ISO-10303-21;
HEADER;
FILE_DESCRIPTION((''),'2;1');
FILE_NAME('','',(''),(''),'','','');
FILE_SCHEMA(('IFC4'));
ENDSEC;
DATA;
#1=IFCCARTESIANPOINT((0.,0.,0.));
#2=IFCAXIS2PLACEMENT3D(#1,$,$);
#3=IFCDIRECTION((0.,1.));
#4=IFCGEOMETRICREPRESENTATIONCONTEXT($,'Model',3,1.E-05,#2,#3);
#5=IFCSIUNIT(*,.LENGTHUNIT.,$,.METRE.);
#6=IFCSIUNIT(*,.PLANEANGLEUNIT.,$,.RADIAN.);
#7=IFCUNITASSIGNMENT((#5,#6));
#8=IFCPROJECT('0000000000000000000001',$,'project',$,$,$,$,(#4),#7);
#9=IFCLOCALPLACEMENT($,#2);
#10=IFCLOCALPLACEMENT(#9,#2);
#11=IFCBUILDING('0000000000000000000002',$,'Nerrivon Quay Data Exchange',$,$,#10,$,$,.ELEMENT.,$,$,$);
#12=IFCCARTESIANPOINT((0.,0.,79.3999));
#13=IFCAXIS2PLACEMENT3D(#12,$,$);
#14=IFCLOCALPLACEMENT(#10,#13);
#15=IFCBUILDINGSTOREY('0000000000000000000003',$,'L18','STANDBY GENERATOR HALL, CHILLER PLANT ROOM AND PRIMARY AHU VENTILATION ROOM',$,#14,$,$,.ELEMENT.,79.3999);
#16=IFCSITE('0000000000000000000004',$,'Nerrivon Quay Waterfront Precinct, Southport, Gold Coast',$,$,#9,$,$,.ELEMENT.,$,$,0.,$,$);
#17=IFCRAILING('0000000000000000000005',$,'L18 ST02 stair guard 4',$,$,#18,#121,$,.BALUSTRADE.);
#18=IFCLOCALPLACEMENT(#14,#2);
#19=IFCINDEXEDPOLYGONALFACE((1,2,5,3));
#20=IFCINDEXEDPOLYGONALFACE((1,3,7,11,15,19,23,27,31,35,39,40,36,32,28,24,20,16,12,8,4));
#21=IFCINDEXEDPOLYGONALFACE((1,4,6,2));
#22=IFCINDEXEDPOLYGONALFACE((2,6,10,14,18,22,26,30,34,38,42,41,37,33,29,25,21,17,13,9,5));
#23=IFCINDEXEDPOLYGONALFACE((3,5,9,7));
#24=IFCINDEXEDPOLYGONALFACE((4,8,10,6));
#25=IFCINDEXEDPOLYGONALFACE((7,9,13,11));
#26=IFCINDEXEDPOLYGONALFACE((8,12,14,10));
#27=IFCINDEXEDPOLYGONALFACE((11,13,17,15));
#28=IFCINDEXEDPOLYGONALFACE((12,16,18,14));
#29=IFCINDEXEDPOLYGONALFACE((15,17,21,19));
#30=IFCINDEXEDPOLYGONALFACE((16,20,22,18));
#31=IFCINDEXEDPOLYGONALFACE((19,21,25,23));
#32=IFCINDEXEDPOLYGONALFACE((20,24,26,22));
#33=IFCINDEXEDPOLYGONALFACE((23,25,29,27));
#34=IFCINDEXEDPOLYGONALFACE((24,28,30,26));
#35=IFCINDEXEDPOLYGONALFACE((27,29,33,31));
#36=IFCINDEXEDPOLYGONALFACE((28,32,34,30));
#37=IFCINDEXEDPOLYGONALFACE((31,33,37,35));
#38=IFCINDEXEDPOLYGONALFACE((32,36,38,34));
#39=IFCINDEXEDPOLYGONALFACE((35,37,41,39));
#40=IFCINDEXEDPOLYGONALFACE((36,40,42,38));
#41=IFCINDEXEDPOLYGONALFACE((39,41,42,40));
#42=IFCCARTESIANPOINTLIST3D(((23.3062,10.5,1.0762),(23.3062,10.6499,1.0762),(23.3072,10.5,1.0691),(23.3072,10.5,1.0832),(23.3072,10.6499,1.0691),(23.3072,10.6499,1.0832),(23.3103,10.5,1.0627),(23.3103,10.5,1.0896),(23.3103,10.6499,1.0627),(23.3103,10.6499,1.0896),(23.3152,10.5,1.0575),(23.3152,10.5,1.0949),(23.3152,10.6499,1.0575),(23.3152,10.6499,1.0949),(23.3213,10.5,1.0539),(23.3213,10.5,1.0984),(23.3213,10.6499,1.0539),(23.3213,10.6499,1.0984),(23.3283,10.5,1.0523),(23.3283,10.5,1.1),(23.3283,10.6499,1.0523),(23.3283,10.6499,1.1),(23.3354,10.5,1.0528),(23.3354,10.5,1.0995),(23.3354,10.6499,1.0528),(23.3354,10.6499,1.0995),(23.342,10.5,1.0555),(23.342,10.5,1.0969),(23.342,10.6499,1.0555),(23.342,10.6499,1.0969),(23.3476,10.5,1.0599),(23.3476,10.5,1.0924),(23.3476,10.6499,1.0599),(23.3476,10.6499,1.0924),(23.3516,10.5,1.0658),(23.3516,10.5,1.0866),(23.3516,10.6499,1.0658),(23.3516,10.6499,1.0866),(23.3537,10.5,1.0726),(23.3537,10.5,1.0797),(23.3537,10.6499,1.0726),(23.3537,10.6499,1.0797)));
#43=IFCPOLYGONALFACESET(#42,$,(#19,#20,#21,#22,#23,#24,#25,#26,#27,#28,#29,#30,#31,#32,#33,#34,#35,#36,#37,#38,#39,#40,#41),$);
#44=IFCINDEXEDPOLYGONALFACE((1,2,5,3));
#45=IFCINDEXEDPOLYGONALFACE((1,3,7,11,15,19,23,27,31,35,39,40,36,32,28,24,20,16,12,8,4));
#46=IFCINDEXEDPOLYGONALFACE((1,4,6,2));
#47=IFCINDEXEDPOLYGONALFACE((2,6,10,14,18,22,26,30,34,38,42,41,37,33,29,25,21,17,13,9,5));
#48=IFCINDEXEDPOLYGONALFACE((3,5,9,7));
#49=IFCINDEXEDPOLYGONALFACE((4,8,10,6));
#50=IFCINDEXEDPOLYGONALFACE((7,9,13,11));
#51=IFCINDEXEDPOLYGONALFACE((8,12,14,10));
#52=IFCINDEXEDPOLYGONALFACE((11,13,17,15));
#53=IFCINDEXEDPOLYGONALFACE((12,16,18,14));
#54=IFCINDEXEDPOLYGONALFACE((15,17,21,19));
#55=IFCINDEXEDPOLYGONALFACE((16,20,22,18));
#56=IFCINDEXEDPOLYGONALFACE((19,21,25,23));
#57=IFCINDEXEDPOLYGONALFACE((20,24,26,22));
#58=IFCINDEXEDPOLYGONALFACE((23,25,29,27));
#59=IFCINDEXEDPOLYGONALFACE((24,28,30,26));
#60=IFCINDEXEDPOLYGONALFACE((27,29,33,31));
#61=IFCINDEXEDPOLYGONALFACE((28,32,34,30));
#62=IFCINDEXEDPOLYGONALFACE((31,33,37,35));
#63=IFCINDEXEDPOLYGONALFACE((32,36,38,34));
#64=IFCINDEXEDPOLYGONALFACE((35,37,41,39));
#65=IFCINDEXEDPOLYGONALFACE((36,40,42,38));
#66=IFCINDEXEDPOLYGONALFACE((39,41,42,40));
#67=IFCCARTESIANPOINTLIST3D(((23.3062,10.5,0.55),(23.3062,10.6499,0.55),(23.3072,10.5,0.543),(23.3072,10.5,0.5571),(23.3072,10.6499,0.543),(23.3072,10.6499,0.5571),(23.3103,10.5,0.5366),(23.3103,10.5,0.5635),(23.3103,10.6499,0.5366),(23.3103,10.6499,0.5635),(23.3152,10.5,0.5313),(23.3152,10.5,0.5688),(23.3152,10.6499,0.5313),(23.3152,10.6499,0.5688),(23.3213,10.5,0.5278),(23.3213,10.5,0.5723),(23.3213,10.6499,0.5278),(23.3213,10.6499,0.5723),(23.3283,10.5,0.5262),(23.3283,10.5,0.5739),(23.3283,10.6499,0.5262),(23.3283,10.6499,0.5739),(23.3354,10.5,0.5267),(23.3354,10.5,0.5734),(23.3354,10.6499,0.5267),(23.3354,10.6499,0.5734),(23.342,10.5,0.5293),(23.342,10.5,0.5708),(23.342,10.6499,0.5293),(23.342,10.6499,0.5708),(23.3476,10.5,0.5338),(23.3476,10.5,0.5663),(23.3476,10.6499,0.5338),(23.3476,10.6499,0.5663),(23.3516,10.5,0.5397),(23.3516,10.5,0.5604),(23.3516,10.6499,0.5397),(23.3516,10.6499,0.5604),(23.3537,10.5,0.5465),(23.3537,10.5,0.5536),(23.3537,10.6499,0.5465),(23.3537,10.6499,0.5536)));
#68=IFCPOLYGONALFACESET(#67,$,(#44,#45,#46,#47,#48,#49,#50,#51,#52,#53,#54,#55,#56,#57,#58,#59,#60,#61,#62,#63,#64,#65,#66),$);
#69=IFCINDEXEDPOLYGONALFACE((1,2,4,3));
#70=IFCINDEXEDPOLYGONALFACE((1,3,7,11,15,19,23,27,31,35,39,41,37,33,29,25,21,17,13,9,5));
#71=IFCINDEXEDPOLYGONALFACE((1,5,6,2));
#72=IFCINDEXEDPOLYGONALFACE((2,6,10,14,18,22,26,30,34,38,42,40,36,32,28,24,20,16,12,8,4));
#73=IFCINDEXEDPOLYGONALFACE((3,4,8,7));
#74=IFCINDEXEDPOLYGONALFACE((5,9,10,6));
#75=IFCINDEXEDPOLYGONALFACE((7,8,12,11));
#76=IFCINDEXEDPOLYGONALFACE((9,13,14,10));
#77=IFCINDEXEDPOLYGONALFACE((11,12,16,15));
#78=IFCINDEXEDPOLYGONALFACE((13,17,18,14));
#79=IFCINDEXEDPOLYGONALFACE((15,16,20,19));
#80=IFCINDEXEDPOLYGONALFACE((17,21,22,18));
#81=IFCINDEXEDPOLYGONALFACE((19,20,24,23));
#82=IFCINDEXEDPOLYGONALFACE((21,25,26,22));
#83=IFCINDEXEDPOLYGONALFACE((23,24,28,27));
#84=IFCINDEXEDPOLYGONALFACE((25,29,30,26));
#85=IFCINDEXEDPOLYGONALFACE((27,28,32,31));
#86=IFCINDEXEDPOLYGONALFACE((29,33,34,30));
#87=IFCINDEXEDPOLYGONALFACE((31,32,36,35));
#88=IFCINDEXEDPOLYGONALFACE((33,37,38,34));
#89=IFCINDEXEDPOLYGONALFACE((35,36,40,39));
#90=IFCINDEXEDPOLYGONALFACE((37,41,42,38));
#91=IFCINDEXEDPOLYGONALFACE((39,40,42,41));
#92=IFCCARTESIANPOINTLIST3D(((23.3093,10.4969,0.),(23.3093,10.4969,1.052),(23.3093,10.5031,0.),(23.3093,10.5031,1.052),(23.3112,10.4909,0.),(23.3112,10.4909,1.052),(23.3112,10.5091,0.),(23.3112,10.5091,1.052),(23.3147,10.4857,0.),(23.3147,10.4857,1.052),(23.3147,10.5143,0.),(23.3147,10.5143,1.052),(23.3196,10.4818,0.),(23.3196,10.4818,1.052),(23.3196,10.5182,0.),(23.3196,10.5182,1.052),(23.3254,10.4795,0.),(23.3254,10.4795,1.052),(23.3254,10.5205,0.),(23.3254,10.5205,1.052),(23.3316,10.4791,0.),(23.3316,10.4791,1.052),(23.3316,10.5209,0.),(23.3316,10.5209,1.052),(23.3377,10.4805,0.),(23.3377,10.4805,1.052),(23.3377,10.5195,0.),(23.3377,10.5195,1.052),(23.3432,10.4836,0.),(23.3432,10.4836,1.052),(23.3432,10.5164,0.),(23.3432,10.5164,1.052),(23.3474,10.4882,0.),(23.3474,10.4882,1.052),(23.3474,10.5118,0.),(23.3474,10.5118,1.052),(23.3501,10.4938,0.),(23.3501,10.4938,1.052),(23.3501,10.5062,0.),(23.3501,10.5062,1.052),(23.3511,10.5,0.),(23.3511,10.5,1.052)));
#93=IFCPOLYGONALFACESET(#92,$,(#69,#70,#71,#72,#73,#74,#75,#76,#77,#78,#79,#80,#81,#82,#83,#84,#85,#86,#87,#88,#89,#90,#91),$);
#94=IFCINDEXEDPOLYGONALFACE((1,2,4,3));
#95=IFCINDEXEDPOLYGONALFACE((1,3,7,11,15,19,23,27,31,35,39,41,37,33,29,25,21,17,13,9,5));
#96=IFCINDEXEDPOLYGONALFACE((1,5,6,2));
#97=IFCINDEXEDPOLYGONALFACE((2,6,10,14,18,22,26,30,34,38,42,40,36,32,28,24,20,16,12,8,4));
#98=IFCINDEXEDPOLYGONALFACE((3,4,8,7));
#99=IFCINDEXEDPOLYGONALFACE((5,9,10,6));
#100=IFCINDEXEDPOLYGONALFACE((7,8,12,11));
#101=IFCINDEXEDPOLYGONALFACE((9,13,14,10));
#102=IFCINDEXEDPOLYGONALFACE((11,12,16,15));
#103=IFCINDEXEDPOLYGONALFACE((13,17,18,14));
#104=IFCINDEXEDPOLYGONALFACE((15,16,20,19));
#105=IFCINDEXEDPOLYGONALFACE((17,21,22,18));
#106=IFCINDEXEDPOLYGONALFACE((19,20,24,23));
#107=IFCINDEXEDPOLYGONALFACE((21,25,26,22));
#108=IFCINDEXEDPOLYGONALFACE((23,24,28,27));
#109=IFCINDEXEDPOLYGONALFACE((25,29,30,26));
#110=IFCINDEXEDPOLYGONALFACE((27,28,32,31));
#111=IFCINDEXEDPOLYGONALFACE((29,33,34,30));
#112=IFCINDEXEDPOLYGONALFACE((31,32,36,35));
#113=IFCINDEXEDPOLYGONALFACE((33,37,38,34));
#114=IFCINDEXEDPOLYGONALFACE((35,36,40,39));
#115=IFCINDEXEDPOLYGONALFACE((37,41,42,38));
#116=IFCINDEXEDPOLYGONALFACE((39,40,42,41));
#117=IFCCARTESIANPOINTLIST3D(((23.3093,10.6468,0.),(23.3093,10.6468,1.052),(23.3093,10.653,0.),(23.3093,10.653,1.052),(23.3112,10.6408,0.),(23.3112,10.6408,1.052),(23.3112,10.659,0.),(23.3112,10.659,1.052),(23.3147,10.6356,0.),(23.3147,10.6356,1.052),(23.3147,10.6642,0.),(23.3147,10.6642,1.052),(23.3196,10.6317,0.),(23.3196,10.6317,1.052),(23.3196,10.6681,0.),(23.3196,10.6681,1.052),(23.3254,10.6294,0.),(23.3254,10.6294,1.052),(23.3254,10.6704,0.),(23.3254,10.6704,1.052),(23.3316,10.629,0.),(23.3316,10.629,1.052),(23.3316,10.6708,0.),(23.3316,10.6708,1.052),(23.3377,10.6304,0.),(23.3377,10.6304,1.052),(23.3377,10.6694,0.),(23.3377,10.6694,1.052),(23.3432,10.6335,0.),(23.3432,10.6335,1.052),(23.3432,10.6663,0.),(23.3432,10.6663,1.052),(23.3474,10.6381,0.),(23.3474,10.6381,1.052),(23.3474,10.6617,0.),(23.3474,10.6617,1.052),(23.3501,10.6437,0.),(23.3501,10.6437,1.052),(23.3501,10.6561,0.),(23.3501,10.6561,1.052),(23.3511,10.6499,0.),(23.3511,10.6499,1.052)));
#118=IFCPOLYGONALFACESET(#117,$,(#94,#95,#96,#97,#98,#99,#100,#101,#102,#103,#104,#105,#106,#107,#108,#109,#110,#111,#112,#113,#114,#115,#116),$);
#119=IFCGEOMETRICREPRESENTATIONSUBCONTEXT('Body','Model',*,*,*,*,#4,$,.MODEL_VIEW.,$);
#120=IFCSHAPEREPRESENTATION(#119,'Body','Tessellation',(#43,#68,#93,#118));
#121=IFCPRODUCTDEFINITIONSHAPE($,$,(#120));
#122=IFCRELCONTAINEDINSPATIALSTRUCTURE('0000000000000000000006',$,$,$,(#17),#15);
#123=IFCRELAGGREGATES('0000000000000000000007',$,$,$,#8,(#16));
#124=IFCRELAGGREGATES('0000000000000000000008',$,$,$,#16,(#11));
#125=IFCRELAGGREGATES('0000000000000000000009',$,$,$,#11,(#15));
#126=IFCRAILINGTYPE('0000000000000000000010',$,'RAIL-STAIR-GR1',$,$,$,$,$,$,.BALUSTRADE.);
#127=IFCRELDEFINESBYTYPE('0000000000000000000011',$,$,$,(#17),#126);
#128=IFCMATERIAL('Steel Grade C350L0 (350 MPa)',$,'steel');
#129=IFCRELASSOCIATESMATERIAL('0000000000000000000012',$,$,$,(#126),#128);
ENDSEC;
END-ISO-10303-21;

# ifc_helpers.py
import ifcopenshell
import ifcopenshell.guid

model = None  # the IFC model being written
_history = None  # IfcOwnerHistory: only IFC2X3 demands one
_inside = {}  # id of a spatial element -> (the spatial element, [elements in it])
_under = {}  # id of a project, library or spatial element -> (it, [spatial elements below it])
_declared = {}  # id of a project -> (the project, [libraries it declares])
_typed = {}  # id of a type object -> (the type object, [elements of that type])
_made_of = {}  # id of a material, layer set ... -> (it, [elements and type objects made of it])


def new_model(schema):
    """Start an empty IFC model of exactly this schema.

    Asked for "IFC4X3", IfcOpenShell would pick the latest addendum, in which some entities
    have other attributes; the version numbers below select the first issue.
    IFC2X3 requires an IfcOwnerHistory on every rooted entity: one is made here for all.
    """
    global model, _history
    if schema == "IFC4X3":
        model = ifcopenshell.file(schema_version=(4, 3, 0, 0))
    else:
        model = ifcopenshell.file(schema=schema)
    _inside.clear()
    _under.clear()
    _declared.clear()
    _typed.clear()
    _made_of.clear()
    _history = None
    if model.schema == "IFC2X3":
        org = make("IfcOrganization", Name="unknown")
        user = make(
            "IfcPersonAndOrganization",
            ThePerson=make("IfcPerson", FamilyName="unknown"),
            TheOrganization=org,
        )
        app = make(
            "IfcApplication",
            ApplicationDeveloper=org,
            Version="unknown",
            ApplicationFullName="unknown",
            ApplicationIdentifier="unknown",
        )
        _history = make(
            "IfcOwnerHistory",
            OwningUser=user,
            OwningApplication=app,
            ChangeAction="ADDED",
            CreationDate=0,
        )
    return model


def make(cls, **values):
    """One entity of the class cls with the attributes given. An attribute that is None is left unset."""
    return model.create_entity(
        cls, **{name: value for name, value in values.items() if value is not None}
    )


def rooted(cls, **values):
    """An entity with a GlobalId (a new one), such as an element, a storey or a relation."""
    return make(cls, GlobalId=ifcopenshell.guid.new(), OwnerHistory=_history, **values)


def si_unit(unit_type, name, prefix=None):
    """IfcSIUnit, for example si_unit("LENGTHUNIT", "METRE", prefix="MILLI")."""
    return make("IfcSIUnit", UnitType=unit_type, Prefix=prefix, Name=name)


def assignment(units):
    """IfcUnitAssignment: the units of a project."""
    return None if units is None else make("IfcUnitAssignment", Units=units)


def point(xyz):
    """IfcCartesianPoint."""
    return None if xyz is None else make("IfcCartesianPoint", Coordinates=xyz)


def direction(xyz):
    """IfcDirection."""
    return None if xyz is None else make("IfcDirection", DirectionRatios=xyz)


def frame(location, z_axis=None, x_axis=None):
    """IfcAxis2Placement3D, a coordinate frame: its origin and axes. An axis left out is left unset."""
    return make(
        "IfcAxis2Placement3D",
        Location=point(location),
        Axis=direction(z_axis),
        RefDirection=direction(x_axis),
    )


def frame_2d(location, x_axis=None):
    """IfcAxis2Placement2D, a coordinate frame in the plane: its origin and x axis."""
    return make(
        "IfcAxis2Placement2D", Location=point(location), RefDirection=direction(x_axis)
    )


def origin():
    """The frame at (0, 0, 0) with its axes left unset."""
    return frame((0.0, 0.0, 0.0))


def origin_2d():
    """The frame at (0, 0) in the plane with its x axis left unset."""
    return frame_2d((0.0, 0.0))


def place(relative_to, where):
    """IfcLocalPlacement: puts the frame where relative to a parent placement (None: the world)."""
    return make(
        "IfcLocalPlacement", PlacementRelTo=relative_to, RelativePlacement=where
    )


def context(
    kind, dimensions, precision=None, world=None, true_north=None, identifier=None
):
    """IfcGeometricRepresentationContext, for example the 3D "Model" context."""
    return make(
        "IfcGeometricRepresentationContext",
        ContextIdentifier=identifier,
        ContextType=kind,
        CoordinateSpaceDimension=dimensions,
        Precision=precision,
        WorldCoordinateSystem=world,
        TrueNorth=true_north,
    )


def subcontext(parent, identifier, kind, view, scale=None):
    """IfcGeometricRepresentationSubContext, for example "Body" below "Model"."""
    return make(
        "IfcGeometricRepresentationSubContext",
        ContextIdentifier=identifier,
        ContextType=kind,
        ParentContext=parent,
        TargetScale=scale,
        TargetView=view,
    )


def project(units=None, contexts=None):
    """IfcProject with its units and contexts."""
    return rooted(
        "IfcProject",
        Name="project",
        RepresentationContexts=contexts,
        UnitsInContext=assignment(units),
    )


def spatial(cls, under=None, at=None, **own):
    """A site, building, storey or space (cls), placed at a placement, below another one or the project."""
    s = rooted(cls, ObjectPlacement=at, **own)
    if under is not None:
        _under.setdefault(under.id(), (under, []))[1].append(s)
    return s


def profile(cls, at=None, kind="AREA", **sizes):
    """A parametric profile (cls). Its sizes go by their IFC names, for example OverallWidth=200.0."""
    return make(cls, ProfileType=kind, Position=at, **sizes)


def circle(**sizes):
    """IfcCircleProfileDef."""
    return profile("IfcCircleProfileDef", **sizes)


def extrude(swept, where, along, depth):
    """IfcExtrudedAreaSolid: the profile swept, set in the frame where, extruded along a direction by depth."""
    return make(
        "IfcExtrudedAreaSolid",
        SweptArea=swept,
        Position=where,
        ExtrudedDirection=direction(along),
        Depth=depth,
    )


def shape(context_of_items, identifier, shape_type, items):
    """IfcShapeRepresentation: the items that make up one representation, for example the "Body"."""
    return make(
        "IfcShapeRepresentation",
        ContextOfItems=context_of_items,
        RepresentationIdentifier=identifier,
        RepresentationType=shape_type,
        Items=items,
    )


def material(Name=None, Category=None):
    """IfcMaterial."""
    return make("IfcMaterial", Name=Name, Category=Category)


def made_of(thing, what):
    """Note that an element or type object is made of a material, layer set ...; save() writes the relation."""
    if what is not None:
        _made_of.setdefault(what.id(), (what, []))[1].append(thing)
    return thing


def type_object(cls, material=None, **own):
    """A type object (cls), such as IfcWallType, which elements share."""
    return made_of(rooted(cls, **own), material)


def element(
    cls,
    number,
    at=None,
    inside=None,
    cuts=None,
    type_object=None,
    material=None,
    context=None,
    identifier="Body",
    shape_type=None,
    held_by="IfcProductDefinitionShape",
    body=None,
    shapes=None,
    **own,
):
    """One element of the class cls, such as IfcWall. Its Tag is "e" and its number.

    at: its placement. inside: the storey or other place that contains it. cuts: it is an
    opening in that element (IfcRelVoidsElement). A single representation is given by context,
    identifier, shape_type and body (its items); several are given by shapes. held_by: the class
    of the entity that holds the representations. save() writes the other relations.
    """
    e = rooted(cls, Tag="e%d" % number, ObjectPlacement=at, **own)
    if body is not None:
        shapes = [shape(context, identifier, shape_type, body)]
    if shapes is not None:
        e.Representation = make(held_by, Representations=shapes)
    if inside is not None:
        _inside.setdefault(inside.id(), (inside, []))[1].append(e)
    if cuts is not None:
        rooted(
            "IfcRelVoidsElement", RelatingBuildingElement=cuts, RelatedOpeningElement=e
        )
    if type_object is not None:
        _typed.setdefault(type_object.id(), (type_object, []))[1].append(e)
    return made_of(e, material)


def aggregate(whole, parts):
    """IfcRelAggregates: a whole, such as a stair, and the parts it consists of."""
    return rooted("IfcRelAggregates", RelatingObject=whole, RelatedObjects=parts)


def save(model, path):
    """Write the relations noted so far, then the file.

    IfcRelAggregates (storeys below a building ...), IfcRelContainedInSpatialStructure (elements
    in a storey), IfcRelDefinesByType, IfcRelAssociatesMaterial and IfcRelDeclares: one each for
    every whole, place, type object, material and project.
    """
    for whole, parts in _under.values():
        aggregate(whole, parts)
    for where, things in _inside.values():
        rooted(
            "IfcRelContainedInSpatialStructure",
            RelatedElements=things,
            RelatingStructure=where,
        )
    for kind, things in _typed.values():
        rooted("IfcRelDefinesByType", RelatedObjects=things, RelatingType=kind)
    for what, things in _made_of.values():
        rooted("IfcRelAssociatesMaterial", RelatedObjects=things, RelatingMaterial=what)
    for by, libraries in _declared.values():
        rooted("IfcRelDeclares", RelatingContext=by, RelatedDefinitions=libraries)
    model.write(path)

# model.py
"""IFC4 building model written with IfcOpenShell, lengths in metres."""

from ifc_helpers import new_model, si_unit, direction, frame, origin, origin_2d, place, context, subcontext, project, spatial, circle, extrude, material, type_object, element, save


model = new_model("IFC4")

# Units and contexts
model_context = context("Model", 3, precision=1e-05, world=origin(), true_north=direction((0.0, 1.0)))
body_context = subcontext(model_context, "Body", "Model", "MODEL_VIEW")
ifc_project = project(units=[si_unit("LENGTHUNIT", "METRE"), si_unit("PLANEANGLEUNIT", "RADIAN")], contexts=[model_context])

# Site, building, storey
site_placement = place(None, origin())
site = spatial("IfcSite", under=ifc_project, at=site_placement, Name="Nerrivon Quay Waterfront Precinct, Southport, Gold Coast", CompositionType="ELEMENT", RefElevation=0.0)
building_placement = place(site_placement, origin())
building = spatial("IfcBuilding", under=site, at=building_placement, Name="Nerrivon Quay Data Exchange", CompositionType="ELEMENT")
storey_placement = place(building_placement, frame((0.0, 0.0, 79.3999)))
storey = spatial("IfcBuildingStorey", under=building, at=storey_placement, Name="L18", Description="STANDBY GENERATOR HALL, CHILLER PLANT ROOM AND PRIMARY AHU VENTILATION ROOM", CompositionType="ELEMENT", Elevation=79.3999)

# Railing
ifc_material_1 = material(Name="Steel Grade C350L0 (350 MPa)", Category="steel")
railing_type_1 = type_object("IfcRailingType", Name="RAIL-STAIR-GR1", PredefinedType="BALUSTRADE", material=ifc_material_1)
railing_1_placement = place(storey_placement, frame((23.3301, 10.5, 0.0)))
element("IfcRailing", 1, at=railing_1_placement, inside=storey, type_object=railing_type_1, Name="L18 ST02 stair guard 4", PredefinedType="BALUSTRADE", context=body_context, shape_type="SweptSolid", body=[
    extrude(circle(Radius=0.0239, at=origin_2d()), frame((0.0, 0.0, 1.0762), z_axis=(0.0, 1.0, 0.0), x_axis=(-1.0, 0.0, 0.0)), (0.0, 0.0, 1.0), 0.1499),
    extrude(circle(Radius=0.0239, at=origin_2d()), frame((0.0, 0.0, 0.55), z_axis=(0.0, 1.0, 0.0), x_axis=(-1.0, 0.0, 0.0)), (0.0, 0.0, 1.0), 0.1499),
    extrude(circle(Radius=0.021, at=origin_2d()), origin(), (0.0, 0.0, 1.0), 1.052),
    extrude(circle(Radius=0.021, at=origin_2d()), frame((0.0, 0.1499, 0.0)), (0.0, 0.0, 1.0), 1.052),
])

save(model, "model.ifc")
